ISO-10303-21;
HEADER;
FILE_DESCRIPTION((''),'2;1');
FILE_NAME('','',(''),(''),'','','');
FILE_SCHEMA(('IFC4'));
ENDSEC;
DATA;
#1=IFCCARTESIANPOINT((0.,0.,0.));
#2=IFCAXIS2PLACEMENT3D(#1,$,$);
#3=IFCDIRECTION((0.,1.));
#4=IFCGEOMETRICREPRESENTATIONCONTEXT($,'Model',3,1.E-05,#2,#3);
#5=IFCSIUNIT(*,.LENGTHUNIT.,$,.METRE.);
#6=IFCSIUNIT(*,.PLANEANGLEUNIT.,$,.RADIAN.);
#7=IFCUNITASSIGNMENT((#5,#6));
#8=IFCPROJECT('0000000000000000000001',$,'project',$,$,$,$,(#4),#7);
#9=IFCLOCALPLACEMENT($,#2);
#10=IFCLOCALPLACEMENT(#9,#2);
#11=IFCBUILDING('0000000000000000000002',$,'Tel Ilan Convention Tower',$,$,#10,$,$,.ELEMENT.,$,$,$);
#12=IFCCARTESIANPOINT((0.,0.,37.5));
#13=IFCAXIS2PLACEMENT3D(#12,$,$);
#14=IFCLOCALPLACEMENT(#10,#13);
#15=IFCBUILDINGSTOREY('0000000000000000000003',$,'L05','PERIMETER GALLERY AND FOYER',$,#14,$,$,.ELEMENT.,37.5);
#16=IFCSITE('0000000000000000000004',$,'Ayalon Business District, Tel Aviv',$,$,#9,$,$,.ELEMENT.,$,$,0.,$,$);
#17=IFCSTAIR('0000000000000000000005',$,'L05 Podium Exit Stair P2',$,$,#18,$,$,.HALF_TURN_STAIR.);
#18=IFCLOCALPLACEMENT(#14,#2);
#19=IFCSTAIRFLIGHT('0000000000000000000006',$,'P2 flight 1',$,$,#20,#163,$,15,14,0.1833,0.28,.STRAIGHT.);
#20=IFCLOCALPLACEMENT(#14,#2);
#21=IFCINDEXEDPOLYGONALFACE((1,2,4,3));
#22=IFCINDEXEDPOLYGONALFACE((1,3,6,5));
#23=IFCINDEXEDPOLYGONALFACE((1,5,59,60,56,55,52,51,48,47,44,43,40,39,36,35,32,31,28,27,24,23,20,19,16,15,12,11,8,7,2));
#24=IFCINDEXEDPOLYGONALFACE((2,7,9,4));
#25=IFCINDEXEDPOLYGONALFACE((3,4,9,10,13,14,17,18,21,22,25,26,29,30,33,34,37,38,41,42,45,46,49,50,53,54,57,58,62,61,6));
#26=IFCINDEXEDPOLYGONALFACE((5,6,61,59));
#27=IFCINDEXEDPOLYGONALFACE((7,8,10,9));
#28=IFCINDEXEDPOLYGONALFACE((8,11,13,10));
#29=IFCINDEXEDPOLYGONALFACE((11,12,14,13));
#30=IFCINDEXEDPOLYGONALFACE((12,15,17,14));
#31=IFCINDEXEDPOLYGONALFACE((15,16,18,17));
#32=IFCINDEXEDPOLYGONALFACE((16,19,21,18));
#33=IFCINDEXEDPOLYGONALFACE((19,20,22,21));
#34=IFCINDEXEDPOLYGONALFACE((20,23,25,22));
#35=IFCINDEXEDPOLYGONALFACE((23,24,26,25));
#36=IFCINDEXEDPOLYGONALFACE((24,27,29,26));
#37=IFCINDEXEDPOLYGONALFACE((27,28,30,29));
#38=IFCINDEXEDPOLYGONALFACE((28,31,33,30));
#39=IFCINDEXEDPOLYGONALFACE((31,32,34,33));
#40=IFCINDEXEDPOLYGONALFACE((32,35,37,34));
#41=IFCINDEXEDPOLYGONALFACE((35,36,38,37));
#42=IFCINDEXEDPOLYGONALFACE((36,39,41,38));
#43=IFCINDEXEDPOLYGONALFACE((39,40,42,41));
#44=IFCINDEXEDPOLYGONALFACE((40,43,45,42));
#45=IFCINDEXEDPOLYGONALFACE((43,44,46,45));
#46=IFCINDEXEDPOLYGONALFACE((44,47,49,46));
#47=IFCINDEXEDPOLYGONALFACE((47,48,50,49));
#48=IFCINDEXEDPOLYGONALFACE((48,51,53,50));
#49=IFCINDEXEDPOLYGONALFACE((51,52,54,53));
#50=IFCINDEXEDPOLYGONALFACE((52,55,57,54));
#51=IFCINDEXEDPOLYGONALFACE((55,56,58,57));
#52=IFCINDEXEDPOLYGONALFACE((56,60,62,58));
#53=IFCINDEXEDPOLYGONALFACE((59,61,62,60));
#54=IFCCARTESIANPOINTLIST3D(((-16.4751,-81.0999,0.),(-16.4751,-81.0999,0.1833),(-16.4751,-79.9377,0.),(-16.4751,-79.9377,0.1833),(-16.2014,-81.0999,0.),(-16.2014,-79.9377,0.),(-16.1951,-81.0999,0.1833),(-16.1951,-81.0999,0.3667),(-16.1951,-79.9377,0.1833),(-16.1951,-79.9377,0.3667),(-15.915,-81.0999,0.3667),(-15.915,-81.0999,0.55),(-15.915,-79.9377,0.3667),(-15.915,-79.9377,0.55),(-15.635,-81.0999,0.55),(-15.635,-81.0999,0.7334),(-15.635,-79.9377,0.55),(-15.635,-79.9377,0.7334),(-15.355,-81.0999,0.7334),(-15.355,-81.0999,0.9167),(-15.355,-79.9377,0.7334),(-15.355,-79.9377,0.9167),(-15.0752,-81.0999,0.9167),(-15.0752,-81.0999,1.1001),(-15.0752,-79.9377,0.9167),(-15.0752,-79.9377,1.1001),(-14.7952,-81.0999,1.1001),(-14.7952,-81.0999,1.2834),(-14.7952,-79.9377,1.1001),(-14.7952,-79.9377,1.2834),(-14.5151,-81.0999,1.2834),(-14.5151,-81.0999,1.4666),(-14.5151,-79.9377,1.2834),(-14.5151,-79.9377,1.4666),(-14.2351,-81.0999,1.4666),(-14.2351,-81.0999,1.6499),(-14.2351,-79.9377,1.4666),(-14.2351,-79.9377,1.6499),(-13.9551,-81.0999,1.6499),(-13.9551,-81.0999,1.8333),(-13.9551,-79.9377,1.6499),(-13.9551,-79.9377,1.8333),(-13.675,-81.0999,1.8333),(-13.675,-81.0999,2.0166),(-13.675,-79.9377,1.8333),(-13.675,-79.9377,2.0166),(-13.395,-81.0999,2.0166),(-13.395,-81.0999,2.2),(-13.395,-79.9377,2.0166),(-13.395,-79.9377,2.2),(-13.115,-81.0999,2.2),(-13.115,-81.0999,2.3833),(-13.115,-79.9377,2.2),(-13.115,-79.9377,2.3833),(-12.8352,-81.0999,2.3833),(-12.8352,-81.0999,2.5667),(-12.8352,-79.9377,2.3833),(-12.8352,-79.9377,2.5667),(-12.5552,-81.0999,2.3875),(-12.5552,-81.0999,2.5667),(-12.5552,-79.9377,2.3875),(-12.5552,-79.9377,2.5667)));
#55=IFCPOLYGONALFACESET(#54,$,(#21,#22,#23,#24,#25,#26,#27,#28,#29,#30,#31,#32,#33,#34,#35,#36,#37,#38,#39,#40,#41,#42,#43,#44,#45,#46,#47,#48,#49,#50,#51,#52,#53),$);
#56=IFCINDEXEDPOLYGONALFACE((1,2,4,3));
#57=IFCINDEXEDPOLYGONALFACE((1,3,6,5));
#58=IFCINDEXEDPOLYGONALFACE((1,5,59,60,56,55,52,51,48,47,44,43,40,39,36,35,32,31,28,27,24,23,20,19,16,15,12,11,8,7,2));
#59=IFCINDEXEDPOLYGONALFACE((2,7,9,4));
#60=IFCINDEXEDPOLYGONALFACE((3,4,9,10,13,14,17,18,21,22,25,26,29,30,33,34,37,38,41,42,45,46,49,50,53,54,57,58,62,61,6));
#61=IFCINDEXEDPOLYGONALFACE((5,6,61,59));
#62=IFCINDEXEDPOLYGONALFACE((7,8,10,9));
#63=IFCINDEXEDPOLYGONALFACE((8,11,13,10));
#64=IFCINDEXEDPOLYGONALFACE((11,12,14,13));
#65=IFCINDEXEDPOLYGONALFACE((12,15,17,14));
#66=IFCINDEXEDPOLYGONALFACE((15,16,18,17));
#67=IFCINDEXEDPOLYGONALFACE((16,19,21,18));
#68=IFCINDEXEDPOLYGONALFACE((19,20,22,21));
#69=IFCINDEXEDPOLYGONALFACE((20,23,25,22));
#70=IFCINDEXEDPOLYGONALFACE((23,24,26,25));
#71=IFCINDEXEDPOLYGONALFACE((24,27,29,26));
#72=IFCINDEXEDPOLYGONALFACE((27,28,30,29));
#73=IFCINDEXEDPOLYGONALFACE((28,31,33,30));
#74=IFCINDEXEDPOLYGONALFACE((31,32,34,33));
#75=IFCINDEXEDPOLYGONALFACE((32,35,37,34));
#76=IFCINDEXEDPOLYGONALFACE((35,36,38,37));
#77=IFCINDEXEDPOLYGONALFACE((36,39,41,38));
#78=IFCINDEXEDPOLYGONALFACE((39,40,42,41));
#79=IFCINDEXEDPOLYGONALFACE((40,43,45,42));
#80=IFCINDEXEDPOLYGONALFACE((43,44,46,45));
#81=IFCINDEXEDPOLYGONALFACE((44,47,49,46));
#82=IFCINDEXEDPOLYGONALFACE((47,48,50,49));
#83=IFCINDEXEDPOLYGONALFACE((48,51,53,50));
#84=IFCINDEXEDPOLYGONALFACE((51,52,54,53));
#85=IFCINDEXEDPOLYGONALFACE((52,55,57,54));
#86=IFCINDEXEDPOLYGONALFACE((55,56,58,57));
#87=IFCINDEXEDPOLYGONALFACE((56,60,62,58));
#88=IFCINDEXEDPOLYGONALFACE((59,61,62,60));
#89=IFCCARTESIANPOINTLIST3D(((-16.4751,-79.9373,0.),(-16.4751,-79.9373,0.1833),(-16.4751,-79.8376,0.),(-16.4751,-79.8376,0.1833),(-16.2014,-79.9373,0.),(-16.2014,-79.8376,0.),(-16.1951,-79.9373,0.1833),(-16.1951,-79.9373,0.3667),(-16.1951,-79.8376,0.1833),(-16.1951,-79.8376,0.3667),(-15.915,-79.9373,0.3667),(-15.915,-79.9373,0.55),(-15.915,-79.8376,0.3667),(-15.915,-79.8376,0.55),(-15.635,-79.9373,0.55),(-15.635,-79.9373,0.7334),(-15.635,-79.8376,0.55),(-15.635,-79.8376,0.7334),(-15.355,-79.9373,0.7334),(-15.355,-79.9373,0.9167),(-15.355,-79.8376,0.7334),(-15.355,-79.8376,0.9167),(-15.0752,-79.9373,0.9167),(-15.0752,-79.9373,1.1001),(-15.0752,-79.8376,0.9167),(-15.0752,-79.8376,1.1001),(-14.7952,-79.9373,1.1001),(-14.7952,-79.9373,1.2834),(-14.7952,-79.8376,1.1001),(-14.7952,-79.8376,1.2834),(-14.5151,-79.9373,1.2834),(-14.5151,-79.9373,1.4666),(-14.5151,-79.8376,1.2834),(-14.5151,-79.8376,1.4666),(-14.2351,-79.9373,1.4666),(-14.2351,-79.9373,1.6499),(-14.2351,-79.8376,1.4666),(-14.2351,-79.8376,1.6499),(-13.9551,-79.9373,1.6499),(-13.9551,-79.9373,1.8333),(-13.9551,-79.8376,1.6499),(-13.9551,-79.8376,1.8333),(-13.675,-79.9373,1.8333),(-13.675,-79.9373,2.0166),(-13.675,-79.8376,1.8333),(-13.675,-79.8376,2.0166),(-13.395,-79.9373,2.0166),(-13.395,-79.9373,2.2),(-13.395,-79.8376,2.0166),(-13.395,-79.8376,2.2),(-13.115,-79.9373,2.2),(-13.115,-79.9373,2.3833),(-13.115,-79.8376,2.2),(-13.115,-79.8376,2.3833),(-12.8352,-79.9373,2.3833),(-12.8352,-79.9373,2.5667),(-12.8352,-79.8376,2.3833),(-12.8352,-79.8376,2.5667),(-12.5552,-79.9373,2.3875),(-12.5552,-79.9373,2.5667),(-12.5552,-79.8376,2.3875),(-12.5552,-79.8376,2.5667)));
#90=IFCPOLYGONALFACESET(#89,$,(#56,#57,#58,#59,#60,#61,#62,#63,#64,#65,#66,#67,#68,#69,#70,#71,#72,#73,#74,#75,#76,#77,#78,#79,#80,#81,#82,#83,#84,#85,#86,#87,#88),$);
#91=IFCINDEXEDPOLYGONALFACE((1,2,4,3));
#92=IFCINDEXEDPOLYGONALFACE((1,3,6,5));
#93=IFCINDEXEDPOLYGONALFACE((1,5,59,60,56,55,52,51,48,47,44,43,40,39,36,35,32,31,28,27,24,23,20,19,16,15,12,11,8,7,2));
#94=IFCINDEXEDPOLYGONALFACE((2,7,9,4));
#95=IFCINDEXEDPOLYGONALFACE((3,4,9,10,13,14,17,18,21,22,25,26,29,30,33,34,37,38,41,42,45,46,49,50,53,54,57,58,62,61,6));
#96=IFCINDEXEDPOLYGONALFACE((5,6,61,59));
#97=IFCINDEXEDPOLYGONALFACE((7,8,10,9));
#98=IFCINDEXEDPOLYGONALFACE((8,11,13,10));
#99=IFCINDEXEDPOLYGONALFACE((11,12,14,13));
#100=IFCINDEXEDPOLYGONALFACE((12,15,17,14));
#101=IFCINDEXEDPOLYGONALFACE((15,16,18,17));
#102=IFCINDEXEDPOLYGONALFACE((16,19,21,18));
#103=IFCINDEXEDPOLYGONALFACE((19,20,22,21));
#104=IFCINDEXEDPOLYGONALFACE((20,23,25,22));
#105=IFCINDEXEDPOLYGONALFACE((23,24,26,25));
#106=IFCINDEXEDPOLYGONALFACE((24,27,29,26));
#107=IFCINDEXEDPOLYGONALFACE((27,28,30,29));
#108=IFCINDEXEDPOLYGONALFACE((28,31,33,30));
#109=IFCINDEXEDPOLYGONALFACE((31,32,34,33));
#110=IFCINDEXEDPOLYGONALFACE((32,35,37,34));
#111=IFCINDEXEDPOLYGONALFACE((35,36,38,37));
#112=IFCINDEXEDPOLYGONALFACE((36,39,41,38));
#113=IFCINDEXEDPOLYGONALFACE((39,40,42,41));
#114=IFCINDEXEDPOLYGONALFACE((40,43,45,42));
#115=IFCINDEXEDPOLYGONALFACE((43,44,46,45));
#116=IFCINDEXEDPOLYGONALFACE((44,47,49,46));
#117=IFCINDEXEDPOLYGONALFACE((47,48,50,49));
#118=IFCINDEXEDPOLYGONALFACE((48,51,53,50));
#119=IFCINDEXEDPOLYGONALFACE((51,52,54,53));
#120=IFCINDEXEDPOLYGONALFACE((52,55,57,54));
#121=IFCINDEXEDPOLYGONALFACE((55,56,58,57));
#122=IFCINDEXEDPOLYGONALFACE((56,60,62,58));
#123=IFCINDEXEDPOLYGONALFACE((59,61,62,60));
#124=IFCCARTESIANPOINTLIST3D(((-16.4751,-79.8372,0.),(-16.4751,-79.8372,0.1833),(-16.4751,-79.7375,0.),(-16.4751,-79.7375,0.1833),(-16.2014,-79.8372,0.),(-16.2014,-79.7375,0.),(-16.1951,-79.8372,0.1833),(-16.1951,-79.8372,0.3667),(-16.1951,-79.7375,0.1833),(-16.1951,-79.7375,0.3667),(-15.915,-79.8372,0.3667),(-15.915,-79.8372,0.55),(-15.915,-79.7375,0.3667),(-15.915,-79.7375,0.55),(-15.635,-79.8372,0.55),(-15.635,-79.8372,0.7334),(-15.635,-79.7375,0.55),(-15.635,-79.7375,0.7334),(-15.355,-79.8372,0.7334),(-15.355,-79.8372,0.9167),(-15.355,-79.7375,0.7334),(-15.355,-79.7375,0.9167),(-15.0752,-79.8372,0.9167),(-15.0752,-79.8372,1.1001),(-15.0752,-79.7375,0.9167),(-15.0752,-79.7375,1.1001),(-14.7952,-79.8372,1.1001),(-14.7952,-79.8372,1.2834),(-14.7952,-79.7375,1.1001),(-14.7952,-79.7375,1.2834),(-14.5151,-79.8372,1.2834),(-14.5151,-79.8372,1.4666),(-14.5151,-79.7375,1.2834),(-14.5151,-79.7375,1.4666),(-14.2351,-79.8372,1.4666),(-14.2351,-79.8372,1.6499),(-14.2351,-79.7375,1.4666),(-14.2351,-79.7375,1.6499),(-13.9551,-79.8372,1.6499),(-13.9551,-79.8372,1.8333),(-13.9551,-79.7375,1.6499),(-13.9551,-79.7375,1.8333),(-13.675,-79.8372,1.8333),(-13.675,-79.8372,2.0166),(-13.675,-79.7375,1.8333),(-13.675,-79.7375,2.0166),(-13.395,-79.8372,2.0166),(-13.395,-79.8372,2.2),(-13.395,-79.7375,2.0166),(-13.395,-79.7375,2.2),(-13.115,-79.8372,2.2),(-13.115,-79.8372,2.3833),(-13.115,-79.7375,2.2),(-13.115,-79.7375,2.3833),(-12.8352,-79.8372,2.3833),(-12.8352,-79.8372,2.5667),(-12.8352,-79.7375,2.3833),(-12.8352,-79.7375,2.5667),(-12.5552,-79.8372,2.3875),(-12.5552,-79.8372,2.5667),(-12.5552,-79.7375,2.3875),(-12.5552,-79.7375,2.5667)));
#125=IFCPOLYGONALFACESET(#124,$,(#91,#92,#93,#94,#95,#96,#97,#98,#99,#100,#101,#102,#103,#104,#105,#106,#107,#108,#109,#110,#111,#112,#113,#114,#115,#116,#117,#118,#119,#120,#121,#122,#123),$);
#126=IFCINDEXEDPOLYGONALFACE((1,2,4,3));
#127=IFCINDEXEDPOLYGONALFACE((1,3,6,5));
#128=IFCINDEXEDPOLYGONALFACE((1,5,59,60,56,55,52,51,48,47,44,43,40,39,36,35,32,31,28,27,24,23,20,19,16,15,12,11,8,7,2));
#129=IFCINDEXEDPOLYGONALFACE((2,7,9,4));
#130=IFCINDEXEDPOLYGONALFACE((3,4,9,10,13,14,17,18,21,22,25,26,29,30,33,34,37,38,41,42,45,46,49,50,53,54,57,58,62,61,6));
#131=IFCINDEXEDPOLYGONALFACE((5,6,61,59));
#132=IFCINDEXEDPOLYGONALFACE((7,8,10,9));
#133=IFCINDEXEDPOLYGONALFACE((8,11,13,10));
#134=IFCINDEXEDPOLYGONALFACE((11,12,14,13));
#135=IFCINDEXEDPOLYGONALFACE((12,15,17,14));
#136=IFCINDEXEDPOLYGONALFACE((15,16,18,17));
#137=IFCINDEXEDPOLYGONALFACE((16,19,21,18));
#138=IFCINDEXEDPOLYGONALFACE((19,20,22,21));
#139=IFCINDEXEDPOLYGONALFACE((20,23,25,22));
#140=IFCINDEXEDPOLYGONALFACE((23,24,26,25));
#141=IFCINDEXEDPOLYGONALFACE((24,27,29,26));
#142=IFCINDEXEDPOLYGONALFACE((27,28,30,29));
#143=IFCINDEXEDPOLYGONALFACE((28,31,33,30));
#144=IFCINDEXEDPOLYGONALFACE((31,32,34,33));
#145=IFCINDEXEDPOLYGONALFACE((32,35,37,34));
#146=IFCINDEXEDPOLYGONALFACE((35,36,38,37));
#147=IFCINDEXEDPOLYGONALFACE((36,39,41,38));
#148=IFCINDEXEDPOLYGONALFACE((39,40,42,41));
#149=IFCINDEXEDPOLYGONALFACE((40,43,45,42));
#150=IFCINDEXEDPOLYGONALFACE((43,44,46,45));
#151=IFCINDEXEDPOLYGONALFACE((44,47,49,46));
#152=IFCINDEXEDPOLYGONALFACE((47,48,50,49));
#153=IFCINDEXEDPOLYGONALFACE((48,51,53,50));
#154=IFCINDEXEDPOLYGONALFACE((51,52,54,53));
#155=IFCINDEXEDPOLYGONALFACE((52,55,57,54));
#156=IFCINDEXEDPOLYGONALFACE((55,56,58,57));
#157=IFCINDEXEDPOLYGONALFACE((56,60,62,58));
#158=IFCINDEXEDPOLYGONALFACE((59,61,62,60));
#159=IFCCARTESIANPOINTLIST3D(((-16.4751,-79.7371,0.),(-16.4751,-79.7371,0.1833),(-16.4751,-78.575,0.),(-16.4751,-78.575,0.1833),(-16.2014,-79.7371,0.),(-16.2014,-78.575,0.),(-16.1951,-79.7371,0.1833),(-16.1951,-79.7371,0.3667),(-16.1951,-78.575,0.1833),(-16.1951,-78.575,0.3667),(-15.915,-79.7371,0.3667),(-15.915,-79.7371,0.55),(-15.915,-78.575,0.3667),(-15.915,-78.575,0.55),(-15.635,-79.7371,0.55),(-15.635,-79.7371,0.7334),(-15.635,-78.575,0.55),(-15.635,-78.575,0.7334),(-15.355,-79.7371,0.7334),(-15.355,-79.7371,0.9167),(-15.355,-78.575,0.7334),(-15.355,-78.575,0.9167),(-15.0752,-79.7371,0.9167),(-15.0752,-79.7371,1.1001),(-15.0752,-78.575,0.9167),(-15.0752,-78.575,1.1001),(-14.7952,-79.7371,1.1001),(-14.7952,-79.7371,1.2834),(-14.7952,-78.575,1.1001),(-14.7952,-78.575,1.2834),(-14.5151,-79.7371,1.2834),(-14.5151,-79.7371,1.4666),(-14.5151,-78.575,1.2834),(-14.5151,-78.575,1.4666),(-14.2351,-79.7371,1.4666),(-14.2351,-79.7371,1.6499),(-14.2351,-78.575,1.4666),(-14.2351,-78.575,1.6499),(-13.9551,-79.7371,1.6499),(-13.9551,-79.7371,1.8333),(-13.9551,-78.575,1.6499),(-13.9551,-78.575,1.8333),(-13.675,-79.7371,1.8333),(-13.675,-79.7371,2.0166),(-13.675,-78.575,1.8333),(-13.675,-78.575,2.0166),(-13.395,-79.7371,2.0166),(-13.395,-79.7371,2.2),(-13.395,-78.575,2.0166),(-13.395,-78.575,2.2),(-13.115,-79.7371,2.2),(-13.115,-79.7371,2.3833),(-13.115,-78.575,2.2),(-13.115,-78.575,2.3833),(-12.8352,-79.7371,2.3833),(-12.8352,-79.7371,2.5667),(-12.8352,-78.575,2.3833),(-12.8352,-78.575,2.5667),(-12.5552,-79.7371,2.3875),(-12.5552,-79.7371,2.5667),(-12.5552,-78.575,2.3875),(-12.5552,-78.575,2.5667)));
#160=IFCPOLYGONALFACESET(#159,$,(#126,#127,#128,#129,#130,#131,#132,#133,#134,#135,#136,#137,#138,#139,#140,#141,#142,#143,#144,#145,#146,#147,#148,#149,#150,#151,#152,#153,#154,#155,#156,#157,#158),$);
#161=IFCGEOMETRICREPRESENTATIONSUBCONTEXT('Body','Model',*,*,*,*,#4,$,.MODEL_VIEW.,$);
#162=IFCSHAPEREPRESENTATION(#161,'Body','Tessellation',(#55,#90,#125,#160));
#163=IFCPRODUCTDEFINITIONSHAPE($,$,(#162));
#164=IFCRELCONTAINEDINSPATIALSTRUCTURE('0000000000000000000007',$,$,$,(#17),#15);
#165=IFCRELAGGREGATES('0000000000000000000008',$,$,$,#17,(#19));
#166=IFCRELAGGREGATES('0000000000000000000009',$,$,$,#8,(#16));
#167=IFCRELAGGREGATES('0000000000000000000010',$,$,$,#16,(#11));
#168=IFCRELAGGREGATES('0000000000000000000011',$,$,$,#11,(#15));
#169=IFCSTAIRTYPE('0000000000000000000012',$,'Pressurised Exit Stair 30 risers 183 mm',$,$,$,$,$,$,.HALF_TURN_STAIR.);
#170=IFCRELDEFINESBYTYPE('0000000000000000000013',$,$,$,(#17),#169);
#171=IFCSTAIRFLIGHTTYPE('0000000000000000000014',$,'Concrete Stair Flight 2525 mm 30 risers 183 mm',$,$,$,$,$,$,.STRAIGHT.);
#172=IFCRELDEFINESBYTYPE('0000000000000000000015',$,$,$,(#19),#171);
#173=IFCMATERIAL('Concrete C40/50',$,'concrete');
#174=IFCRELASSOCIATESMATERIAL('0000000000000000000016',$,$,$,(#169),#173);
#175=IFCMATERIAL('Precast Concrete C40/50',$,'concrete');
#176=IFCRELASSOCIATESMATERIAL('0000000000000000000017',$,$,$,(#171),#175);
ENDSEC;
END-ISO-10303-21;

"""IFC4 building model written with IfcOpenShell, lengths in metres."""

from ifc_helpers import new_model, si_unit, direction, frame, origin, place, context, subcontext, project, spatial, polyline, outline, extrude, material, type_object, element, aggregate, save


model = new_model("IFC4")

# Units and contexts
model_context = context("Model", 3, precision=1e-05, world=origin(), true_north=direction((0.0, 1.0)))
body_context = subcontext(model_context, "Body", "Model", "MODEL_VIEW")
ifc_project = project(units=[si_unit("LENGTHUNIT", "METRE"), si_unit("PLANEANGLEUNIT", "RADIAN")], contexts=[model_context])

# Site, building, storey
site_placement = place(None, origin())
site = spatial("IfcSite", under=ifc_project, at=site_placement, Name="Ayalon Business District, Tel Aviv", CompositionType="ELEMENT", RefElevation=0.0)
building_placement = place(site_placement, origin())
building = spatial("IfcBuilding", under=site, at=building_placement, Name="Tel Ilan Convention Tower", CompositionType="ELEMENT")
storey_placement = place(building_placement, frame((0.0, 0.0, 37.5)))
storey = spatial("IfcBuildingStorey", under=building, at=storey_placement, Name="L05", Description="PERIMETER GALLERY AND FOYER", CompositionType="ELEMENT", Elevation=37.5)

# Stair, stair flight
ifc_material_1 = material(Name="Concrete C40/50", Category="concrete")
stair_type = type_object("IfcStairType", Name="Pressurised Exit Stair 30 risers 183 mm", PredefinedType="HALF_TURN_STAIR", material=ifc_material_1)
stair_placement = place(storey_placement, origin())
stair = element("IfcStair", 1, at=stair_placement, inside=storey, type_object=stair_type, Name="L05 Podium Exit Stair P2", PredefinedType="HALF_TURN_STAIR")
ifc_material_2 = material(Name="Precast Concrete C40/50", Category="concrete")
stair_flight_type = type_object("IfcStairFlightType", Name="Concrete Stair Flight 2525 mm 30 risers 183 mm", PredefinedType="STRAIGHT", material=ifc_material_2)
stair_flight_1_placement = place(storey_placement, frame((-16.4751, -79.8374, 0.0), z_axis=(0.0, 0.0, 1.0), x_axis=(1.0, 0.0, 0.0)))
stair_flight_1 = element("IfcStairFlight", 2, at=stair_flight_1_placement, type_object=stair_flight_type, Name="P2 flight 1", NumberOfRisers=15, NumberOfTreads=14, PredefinedType="STRAIGHT", RiserHeight=0.1833, TreadLength=0.28, context=body_context, shape_type="SweptSolid", body=[
    extrude(outline(polyline([(0.0, 0.0), (0.0, 0.1833), (0.28, 0.1833), (0.28, 0.3667), (0.5601, 0.3667), (0.5601, 0.55), (0.8401, 0.55), (0.8401, 0.7334), (1.1201, 0.7334), (1.1201, 0.9167), (1.3999, 0.9167), (1.3999, 1.1001), (1.6799, 1.1001), (1.6799, 1.2834), (1.96, 1.2834), (1.96, 1.4666), (2.24, 1.4666), (2.24, 1.6499), (2.52, 1.6499), (2.52, 1.8333), (2.8, 1.8333), (2.8, 2.0166), (3.0801, 2.0166), (3.0801, 2.2), (3.3601, 2.2), (3.3601, 2.3833), (3.6399, 2.3833), (3.6399, 2.5667), (3.9199, 2.5667), (3.9199, 2.75), (3.9199, 2.3875), (0.2737, 0.0), (0.0, 0.0)])), frame((0.0, -0.1003, 0.0), z_axis=(0.0, -1.0, 0.0), x_axis=(1.0, 0.0, 0.0)), (0.0, 0.0, 1.0), 1.1621),
    extrude(outline(polyline([(0.0, 0.0), (0.0, 0.1833), (0.28, 0.1833), (0.28, 0.3667), (0.5601, 0.3667), (0.5601, 0.55), (0.8401, 0.55), (0.8401, 0.7334), (1.1201, 0.7334), (1.1201, 0.9167), (1.3999, 0.9167), (1.3999, 1.1001), (1.6799, 1.1001), (1.6799, 1.2834), (1.96, 1.2834), (1.96, 1.4666), (2.24, 1.4666), (2.24, 1.6499), (2.52, 1.6499), (2.52, 1.8333), (2.8, 1.8333), (2.8, 2.0166), (3.0801, 2.0166), (3.0801, 2.2), (3.3601, 2.2), (3.3601, 2.3833), (3.6399, 2.3833), (3.6399, 2.5667), (3.9199, 2.5667), (3.9199, 2.75), (3.9199, 2.3875), (0.2737, 0.0), (0.0, 0.0)])), frame((0.0, -0.0002, 0.0), z_axis=(0.0, -1.0, 0.0), x_axis=(1.0, 0.0, 0.0)), (0.0, 0.0, 1.0), 0.0996),
    extrude(outline(polyline([(0.0, 0.0), (0.0, 0.1833), (0.28, 0.1833), (0.28, 0.3667), (0.5601, 0.3667), (0.5601, 0.55), (0.8401, 0.55), (0.8401, 0.7334), (1.1201, 0.7334), (1.1201, 0.9167), (1.3999, 0.9167), (1.3999, 1.1001), (1.6799, 1.1001), (1.6799, 1.2834), (1.96, 1.2834), (1.96, 1.4666), (2.24, 1.4666), (2.24, 1.6499), (2.52, 1.6499), (2.52, 1.8333), (2.8, 1.8333), (2.8, 2.0166), (3.0801, 2.0166), (3.0801, 2.2), (3.3601, 2.2), (3.3601, 2.3833), (3.6399, 2.3833), (3.6399, 2.5667), (3.9199, 2.5667), (3.9199, 2.75), (3.9199, 2.3875), (0.2737, 0.0), (0.0, 0.0)])), frame((0.0, 0.0999, 0.0), z_axis=(0.0, -1.0, 0.0), x_axis=(1.0, 0.0, 0.0)), (0.0, 0.0, 1.0), 0.0996),
    extrude(outline(polyline([(0.0, 0.0), (0.0, 0.1833), (0.28, 0.1833), (0.28, 0.3667), (0.5601, 0.3667), (0.5601, 0.55), (0.8401, 0.55), (0.8401, 0.7334), (1.1201, 0.7334), (1.1201, 0.9167), (1.3999, 0.9167), (1.3999, 1.1001), (1.6799, 1.1001), (1.6799, 1.2834), (1.96, 1.2834), (1.96, 1.4666), (2.24, 1.4666), (2.24, 1.6499), (2.52, 1.6499), (2.52, 1.8333), (2.8, 1.8333), (2.8, 2.0166), (3.0801, 2.0166), (3.0801, 2.2), (3.3601, 2.2), (3.3601, 2.3833), (3.6399, 2.3833), (3.6399, 2.5667), (3.9199, 2.5667), (3.9199, 2.75), (3.9199, 2.3875), (0.2737, 0.0), (0.0, 0.0)])), frame((0.0, 1.2625, 0.0), z_axis=(0.0, -1.0, 0.0), x_axis=(1.0, 0.0, 0.0)), (0.0, 0.0, 1.0), 1.1621),
])
aggregate(stair, [stair_flight_1])

save(model, "model.ifc")
